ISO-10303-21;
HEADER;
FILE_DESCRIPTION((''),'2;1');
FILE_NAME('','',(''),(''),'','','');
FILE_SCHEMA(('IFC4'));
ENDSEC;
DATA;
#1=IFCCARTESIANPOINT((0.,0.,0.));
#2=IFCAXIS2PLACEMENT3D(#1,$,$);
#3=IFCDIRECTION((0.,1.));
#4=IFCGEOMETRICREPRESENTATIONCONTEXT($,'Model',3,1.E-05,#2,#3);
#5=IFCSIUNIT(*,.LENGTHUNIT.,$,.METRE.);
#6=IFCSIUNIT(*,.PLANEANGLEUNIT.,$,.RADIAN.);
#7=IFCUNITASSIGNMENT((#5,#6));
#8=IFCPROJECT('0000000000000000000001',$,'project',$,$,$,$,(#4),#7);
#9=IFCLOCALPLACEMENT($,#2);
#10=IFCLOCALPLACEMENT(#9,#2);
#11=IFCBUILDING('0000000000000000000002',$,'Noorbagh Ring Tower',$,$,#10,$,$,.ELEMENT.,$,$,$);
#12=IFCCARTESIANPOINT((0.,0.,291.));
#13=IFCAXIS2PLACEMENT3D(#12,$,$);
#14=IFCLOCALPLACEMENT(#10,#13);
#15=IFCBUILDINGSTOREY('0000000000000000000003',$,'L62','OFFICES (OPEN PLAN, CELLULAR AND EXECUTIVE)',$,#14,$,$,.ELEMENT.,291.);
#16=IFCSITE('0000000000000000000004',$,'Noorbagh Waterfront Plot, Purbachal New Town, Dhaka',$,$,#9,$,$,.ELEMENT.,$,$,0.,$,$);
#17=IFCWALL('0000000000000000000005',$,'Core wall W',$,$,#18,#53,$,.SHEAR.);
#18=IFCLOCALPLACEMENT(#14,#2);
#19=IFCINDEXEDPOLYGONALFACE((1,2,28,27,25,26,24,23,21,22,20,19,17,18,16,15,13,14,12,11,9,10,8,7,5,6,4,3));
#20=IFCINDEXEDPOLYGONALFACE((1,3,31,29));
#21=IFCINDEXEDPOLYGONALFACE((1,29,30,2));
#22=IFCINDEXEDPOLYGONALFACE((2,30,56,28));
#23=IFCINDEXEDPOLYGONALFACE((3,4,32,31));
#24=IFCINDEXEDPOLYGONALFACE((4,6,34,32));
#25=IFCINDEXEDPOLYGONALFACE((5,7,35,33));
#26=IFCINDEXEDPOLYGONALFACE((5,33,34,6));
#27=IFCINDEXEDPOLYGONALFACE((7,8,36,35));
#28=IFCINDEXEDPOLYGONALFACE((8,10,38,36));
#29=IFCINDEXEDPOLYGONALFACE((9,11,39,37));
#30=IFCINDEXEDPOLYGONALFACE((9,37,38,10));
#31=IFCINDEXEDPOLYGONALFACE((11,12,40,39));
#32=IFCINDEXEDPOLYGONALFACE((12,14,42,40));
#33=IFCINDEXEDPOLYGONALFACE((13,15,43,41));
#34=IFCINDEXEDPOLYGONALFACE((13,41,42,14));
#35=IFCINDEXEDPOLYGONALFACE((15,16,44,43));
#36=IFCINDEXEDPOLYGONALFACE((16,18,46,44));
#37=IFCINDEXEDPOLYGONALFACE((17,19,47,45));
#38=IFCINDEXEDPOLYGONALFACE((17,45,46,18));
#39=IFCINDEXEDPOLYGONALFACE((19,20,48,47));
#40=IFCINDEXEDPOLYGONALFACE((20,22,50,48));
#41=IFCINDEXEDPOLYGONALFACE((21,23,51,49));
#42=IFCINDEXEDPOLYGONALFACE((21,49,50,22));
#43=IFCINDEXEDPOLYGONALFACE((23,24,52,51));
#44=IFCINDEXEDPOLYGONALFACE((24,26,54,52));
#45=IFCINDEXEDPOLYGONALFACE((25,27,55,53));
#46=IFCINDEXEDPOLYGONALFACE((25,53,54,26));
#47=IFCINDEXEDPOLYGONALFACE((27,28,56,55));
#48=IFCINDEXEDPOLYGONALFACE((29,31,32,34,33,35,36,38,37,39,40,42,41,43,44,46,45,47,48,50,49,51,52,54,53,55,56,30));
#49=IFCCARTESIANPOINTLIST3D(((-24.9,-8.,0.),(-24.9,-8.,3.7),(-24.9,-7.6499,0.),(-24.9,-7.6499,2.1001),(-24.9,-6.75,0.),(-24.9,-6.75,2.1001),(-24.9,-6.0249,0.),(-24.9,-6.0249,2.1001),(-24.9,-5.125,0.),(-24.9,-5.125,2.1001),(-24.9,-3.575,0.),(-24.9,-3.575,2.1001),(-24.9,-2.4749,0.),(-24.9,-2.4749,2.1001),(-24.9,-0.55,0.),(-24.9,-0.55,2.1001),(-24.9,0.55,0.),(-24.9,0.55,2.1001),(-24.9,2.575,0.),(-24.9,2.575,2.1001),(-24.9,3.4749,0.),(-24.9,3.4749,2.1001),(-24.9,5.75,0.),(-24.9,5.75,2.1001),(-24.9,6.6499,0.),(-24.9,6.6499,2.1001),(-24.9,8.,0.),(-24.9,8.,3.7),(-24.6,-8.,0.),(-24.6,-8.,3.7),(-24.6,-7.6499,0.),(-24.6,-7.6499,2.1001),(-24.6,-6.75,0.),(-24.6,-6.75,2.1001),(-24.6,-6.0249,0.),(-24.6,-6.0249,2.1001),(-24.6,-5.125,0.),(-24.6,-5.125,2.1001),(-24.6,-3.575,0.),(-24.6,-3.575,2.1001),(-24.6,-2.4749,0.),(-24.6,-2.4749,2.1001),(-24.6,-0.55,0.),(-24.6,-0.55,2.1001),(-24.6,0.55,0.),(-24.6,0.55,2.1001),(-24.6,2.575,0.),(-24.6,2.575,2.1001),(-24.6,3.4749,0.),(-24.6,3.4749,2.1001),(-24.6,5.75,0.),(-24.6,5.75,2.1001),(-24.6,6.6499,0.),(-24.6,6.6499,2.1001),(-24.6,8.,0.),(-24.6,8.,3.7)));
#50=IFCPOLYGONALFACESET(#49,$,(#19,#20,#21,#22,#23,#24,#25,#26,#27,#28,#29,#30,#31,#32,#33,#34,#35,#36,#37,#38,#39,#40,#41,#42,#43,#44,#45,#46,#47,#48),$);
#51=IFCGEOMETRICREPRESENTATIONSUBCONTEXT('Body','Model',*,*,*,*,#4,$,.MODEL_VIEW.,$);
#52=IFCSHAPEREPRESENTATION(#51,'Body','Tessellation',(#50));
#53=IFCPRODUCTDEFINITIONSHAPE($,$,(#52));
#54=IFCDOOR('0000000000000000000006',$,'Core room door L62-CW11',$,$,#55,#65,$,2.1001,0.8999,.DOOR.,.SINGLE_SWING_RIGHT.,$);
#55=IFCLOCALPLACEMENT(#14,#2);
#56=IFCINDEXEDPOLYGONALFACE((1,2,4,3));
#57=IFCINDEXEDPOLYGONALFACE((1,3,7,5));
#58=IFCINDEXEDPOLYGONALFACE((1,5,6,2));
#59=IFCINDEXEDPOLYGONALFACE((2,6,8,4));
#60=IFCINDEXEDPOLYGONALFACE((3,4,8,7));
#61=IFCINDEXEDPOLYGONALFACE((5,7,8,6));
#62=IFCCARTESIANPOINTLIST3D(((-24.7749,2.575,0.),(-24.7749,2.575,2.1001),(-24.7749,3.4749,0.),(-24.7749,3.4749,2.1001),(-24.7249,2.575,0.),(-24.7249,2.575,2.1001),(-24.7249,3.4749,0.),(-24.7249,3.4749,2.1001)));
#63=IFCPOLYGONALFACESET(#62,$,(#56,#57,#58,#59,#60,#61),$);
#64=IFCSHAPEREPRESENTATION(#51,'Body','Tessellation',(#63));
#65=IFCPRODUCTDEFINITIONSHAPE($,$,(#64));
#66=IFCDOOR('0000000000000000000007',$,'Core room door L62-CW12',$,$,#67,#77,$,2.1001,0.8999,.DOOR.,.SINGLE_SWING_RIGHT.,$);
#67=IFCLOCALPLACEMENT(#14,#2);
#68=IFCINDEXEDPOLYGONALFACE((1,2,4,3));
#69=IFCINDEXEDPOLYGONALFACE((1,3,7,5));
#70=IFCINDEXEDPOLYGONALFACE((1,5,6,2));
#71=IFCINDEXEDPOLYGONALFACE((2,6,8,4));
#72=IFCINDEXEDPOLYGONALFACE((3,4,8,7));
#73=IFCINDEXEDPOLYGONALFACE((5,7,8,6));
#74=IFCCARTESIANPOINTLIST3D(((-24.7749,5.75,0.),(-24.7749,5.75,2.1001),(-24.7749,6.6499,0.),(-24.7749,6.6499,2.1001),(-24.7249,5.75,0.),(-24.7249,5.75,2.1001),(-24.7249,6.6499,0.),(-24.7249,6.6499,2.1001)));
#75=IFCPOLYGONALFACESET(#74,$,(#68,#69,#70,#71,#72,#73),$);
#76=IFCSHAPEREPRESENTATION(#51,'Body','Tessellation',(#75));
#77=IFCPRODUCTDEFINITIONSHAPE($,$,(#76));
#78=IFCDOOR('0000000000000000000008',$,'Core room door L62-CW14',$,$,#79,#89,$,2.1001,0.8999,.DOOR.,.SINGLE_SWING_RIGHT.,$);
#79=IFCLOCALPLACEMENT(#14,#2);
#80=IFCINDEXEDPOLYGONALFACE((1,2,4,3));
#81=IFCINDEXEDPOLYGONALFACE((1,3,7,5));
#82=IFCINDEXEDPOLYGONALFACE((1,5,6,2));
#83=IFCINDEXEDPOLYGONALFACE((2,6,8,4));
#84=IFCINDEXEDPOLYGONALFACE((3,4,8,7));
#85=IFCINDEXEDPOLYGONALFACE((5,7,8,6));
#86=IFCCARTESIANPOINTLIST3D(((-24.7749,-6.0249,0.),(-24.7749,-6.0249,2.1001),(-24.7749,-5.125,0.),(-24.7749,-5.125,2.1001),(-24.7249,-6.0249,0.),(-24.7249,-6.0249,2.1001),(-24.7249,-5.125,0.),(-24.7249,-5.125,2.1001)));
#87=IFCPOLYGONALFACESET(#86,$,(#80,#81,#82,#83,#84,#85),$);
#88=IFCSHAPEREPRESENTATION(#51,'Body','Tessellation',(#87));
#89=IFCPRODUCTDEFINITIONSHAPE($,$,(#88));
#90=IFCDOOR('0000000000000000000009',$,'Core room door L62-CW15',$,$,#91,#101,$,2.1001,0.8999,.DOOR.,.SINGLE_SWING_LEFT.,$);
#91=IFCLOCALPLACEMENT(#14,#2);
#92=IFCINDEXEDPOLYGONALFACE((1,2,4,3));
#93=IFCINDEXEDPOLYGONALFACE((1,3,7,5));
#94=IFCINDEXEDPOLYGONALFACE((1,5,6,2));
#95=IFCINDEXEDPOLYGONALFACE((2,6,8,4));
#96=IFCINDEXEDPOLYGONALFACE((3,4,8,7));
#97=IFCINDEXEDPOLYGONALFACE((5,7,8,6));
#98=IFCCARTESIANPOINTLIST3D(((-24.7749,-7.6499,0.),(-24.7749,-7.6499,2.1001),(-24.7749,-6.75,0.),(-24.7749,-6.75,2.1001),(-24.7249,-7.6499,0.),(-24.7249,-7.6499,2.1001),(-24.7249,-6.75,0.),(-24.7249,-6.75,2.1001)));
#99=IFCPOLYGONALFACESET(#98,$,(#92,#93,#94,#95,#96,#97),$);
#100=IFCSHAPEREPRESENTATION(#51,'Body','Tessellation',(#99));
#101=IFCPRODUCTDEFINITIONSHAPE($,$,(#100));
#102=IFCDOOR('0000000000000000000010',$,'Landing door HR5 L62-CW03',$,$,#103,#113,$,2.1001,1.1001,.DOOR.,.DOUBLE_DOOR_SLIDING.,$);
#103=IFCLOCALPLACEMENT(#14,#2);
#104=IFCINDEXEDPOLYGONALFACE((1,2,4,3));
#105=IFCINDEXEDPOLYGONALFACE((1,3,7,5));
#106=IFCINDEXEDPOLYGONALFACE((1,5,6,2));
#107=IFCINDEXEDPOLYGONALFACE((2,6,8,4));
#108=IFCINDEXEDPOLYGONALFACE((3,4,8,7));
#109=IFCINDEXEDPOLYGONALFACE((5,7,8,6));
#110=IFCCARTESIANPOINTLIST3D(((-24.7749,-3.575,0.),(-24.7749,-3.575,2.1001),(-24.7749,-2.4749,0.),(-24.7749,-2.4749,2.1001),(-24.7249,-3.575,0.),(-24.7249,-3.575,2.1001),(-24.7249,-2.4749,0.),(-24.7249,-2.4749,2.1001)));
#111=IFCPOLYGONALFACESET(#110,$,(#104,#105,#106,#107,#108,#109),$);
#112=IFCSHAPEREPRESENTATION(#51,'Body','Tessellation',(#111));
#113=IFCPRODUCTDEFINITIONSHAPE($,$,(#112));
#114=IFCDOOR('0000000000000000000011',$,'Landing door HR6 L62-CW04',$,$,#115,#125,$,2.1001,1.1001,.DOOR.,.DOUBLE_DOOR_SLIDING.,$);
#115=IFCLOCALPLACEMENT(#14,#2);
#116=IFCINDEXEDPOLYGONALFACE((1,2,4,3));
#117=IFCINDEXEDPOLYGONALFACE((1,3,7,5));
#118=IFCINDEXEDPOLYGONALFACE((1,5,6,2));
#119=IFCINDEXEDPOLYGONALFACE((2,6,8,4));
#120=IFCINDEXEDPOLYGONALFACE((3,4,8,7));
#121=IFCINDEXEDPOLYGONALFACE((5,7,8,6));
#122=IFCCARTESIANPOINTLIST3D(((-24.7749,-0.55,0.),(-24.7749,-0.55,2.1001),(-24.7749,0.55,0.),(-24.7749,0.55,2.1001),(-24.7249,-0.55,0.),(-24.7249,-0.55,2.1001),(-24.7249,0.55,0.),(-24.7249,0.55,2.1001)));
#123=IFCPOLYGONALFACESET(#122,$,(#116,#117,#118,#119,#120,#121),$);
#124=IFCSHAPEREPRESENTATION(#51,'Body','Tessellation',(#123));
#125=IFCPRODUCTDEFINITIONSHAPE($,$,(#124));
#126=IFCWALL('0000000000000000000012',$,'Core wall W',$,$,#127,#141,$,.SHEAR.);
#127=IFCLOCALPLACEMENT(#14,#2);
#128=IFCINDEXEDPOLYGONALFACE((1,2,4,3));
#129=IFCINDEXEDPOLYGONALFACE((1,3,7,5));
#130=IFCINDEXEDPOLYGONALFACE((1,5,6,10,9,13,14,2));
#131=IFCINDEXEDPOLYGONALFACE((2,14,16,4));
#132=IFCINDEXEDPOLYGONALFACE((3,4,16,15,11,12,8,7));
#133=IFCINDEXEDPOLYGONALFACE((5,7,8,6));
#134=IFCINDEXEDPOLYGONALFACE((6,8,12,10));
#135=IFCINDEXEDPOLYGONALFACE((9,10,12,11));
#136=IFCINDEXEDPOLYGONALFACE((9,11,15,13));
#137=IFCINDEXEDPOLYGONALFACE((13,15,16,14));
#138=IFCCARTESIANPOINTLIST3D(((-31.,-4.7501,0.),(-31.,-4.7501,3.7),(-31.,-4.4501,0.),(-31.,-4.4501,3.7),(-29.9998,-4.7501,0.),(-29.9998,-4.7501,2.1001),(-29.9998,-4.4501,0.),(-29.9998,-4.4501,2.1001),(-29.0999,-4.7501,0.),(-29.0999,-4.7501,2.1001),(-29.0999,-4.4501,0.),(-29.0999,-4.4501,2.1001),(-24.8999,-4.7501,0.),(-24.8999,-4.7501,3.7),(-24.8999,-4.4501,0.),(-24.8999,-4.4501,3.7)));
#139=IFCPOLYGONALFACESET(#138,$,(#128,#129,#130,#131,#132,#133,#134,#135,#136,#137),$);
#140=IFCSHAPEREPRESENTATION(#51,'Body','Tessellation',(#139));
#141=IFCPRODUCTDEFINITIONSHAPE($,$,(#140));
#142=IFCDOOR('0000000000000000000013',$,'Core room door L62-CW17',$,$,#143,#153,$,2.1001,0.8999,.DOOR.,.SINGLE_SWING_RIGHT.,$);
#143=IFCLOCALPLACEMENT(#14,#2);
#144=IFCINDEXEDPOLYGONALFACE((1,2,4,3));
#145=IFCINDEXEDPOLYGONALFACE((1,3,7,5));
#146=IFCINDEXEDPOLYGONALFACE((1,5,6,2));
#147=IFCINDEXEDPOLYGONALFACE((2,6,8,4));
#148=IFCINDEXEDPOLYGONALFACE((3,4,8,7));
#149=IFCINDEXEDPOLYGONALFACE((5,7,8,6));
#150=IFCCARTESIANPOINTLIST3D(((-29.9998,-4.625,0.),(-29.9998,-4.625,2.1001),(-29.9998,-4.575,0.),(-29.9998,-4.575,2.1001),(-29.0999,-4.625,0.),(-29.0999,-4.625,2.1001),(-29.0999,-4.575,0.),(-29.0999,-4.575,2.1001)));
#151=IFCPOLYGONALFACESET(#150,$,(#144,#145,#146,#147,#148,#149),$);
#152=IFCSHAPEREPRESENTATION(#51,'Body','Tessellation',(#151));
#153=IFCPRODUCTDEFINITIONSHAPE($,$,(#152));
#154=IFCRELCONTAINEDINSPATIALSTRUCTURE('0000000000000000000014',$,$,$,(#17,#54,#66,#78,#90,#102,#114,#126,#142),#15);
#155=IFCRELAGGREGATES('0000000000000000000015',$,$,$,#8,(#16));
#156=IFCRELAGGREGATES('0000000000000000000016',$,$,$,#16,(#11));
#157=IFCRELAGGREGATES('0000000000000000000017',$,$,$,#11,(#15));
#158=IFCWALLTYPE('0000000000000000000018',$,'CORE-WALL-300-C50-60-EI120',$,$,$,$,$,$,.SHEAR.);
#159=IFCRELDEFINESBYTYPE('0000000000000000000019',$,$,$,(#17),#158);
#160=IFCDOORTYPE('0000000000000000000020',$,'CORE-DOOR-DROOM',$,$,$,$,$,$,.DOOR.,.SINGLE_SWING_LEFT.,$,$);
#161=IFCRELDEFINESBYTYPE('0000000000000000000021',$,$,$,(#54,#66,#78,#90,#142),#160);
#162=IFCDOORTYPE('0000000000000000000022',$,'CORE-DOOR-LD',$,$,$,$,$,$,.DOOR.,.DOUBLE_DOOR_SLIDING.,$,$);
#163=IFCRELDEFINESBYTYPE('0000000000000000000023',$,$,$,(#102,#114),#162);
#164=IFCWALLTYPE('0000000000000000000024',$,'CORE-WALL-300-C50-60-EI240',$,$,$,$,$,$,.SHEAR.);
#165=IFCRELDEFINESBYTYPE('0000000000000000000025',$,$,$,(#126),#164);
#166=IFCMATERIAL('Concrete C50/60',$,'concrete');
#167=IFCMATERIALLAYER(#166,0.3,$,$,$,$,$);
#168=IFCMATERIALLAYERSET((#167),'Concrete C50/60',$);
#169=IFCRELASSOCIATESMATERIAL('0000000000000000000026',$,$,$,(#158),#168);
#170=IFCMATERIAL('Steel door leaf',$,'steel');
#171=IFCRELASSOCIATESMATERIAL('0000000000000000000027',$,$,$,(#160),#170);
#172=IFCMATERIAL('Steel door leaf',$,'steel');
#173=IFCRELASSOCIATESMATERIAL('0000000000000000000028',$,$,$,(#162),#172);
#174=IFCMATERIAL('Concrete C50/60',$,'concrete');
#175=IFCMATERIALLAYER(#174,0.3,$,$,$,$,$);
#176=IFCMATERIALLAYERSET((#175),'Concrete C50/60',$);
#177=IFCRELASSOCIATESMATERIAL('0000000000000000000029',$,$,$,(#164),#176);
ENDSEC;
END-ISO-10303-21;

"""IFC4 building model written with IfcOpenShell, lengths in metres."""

from ifc_helpers import new_model, si_unit, direction, frame, frame_2d, origin, place, context, subcontext, project, spatial, rectangle, extrude, material, layer, layer_set, type_object, element, fill, save


model = new_model("IFC4")

# Units and contexts
model_context = context("Model", 3, precision=1e-05, world=origin(), true_north=direction((0.0, 1.0)))
body_context = subcontext(model_context, "Body", "Model", "MODEL_VIEW")
ifc_project = project(units=[si_unit("LENGTHUNIT", "METRE"), si_unit("PLANEANGLEUNIT", "RADIAN")], contexts=[model_context])

# Site, building, storey
site_placement = place(None, origin())
site = spatial("IfcSite", under=ifc_project, at=site_placement, Name="Noorbagh Waterfront Plot, Purbachal New Town, Dhaka", CompositionType="ELEMENT", RefElevation=0.0)
building_placement = place(site_placement, origin())
building = spatial("IfcBuilding", under=site, at=building_placement, Name="Noorbagh Ring Tower", CompositionType="ELEMENT")
storey_placement = place(building_placement, frame((0.0, 0.0, 291.0)))
storey = spatial("IfcBuildingStorey", under=building, at=storey_placement, Name="L62", Description="OFFICES (OPEN PLAN, CELLULAR AND EXECUTIVE)", CompositionType="ELEMENT", Elevation=291.0)

# Shared definitions
ifc_material_1 = material(Name="Concrete C50/60", Category="concrete")
ifc_layer_1 = layer(ifc_material_1, 0.3)
ifc_layer_set_1 = layer_set([ifc_layer_1], Name="Concrete C50/60")
wall_type_1 = type_object("IfcWallType", Name="CORE-WALL-300-C50-60-EI120", PredefinedType="SHEAR", material=ifc_layer_set_1)

# Wall, openings, doors
wall_1_placement = place(storey_placement, frame((-24.75, -8.0, 0.0), z_axis=(0.0, 0.0, 1.0), x_axis=(0.0, 1.0, 0.0)))
wall_1 = element("IfcWall", 1, at=wall_1_placement, inside=storey, type_object=wall_type_1, Name="Core wall W", PredefinedType="SHEAR", context=body_context, shape_type="SweptSolid", body=[
    extrude(rectangle(XDim=16.0, YDim=0.3, at=frame_2d((8.0, 0.0))), origin(), (0.0, 0.0, 1.0), 3.7),
])
opening_1_placement = place(wall_1_placement, frame((4.425, 0.0, 0.0)))
opening_1 = element("IfcOpeningElement", 2, at=opening_1_placement, cuts=wall_1, PredefinedType="OPENING", context=body_context, shape_type="SweptSolid", body=[
    extrude(rectangle(XDim=1.1001, YDim=2.1001, at=frame_2d((0.55, 1.05))), frame((0.0, 0.1602, 0.0), z_axis=(0.0, -1.0, 0.0), x_axis=(1.0, 0.0, 0.0)), (0.0, 0.0, 1.0), 0.3201),
])
opening_2_placement = place(wall_1_placement, frame((7.45, 0.0, 0.0)))
opening_2 = element("IfcOpeningElement", 3, at=opening_2_placement, cuts=wall_1, PredefinedType="OPENING", context=body_context, shape_type="SweptSolid", body=[
    extrude(rectangle(XDim=1.1001, YDim=2.1001, at=frame_2d((0.55, 1.05))), frame((0.0, 0.1602, 0.0), z_axis=(0.0, -1.0, 0.0), x_axis=(1.0, 0.0, 0.0)), (0.0, 0.0, 1.0), 0.3201),
])
opening_3_placement = place(wall_1_placement, frame((10.575, 0.0, 0.0)))
opening_3 = element("IfcOpeningElement", 4, at=opening_3_placement, cuts=wall_1, PredefinedType="OPENING", context=body_context, shape_type="SweptSolid", body=[
    extrude(rectangle(XDim=0.8999, YDim=2.1001, at=frame_2d((0.45, 1.05))), frame((0.0, 0.1602, 0.0), z_axis=(0.0, -1.0, 0.0), x_axis=(1.0, 0.0, 0.0)), (0.0, 0.0, 1.0), 0.3201),
])
opening_4_placement = place(wall_1_placement, frame((13.75, 0.0, 0.0)))
opening_4 = element("IfcOpeningElement", 5, at=opening_4_placement, cuts=wall_1, PredefinedType="OPENING", context=body_context, shape_type="SweptSolid", body=[
    extrude(rectangle(XDim=0.8999, YDim=2.1001, at=frame_2d((0.45, 1.05))), frame((0.0, 0.1602, 0.0), z_axis=(0.0, -1.0, 0.0), x_axis=(1.0, 0.0, 0.0)), (0.0, 0.0, 1.0), 0.3201),
])
opening_5_placement = place(wall_1_placement, frame((1.9751, 0.0, 0.0)))
opening_5 = element("IfcOpeningElement", 6, at=opening_5_placement, cuts=wall_1, PredefinedType="OPENING", context=body_context, shape_type="SweptSolid", body=[
    extrude(rectangle(XDim=0.8999, YDim=2.1001, at=frame_2d((0.45, 1.05))), frame((0.0, 0.1602, 0.0), z_axis=(0.0, -1.0, 0.0), x_axis=(1.0, 0.0, 0.0)), (0.0, 0.0, 1.0), 0.3201),
])
opening_6_placement = place(wall_1_placement, frame((0.3501, 0.0, 0.0)))
opening_6 = element("IfcOpeningElement", 7, at=opening_6_placement, cuts=wall_1, PredefinedType="OPENING", context=body_context, shape_type="SweptSolid", body=[
    extrude(rectangle(XDim=0.8999, YDim=2.1001, at=frame_2d((0.45, 1.05))), frame((0.0, 0.1602, 0.0), z_axis=(0.0, -1.0, 0.0), x_axis=(1.0, 0.0, 0.0)), (0.0, 0.0, 1.0), 0.3201),
])
ifc_material_2 = material(Name="Steel door leaf", Category="steel")
door_type_1 = type_object("IfcDoorType", Name="CORE-DOOR-DROOM", OperationType="SINGLE_SWING_LEFT", PredefinedType="DOOR", material=ifc_material_2)
door_1_placement = place(opening_3_placement, origin())
door_1 = element("IfcDoor", 8, at=door_1_placement, inside=storey, type_object=door_type_1, Name="Core room door L62-CW11", OperationType="SINGLE_SWING_RIGHT", OverallHeight=2.1001, OverallWidth=0.8999, PredefinedType="DOOR", context=body_context, shape_type="SweptSolid", body=[
    extrude(rectangle(XDim=0.8999, YDim=2.1001, at=frame_2d((0.45, 1.05))), frame((0.0, 0.0249, 0.0), z_axis=(0.0, -1.0, 0.0), x_axis=(1.0, 0.0, 0.0)), (0.0, 0.0, 1.0), 0.05),
])
fill(opening_3, door_1)
door_2_placement = place(opening_4_placement, origin())
door_2 = element("IfcDoor", 9, at=door_2_placement, inside=storey, type_object=door_type_1, Name="Core room door L62-CW12", OperationType="SINGLE_SWING_RIGHT", OverallHeight=2.1001, OverallWidth=0.8999, PredefinedType="DOOR", context=body_context, shape_type="SweptSolid", body=[
    extrude(rectangle(XDim=0.8999, YDim=2.1001, at=frame_2d((0.45, 1.05))), frame((0.0, 0.0249, 0.0), z_axis=(0.0, -1.0, 0.0), x_axis=(1.0, 0.0, 0.0)), (0.0, 0.0, 1.0), 0.05),
])
fill(opening_4, door_2)
door_3_placement = place(opening_5_placement, origin())
door_3 = element("IfcDoor", 10, at=door_3_placement, inside=storey, type_object=door_type_1, Name="Core room door L62-CW14", OperationType="SINGLE_SWING_RIGHT", OverallHeight=2.1001, OverallWidth=0.8999, PredefinedType="DOOR", context=body_context, shape_type="SweptSolid", body=[
    extrude(rectangle(XDim=0.8999, YDim=2.1001, at=frame_2d((0.45, 1.05))), frame((0.0, 0.0249, 0.0), z_axis=(0.0, -1.0, 0.0), x_axis=(1.0, 0.0, 0.0)), (0.0, 0.0, 1.0), 0.05),
])
fill(opening_5, door_3)
door_4_placement = place(opening_6_placement, origin())
door_4 = element("IfcDoor", 11, at=door_4_placement, inside=storey, type_object=door_type_1, Name="Core room door L62-CW15", OperationType="SINGLE_SWING_LEFT", OverallHeight=2.1001, OverallWidth=0.8999, PredefinedType="DOOR", context=body_context, shape_type="SweptSolid", body=[
    extrude(rectangle(XDim=0.8999, YDim=2.1001, at=frame_2d((0.45, 1.05))), frame((0.0, 0.0249, 0.0), z_axis=(0.0, -1.0, 0.0), x_axis=(1.0, 0.0, 0.0)), (0.0, 0.0, 1.0), 0.05),
])
fill(opening_6, door_4)
ifc_material_3 = material(Name="Steel door leaf", Category="steel")
door_type_2 = type_object("IfcDoorType", Name="CORE-DOOR-LD", OperationType="DOUBLE_DOOR_SLIDING", PredefinedType="DOOR", material=ifc_material_3)
door_5_placement = place(opening_1_placement, origin())
door_5 = element("IfcDoor", 12, at=door_5_placement, inside=storey, type_object=door_type_2, Name="Landing door HR5 L62-CW03", OperationType="DOUBLE_DOOR_SLIDING", OverallHeight=2.1001, OverallWidth=1.1001, PredefinedType="DOOR", context=body_context, shape_type="SweptSolid", body=[
    extrude(rectangle(XDim=1.1001, YDim=2.1001, at=frame_2d((0.55, 1.05))), frame((0.0, 0.0249, 0.0), z_axis=(0.0, -1.0, 0.0), x_axis=(1.0, 0.0, 0.0)), (0.0, 0.0, 1.0), 0.05),
])
fill(opening_1, door_5)
door_6_placement = place(opening_2_placement, origin())
door_6 = element("IfcDoor", 13, at=door_6_placement, inside=storey, type_object=door_type_2, Name="Landing door HR6 L62-CW04", OperationType="DOUBLE_DOOR_SLIDING", OverallHeight=2.1001, OverallWidth=1.1001, PredefinedType="DOOR", context=body_context, shape_type="SweptSolid", body=[
    extrude(rectangle(XDim=1.1001, YDim=2.1001, at=frame_2d((0.55, 1.05))), frame((0.0, 0.0249, 0.0), z_axis=(0.0, -1.0, 0.0), x_axis=(1.0, 0.0, 0.0)), (0.0, 0.0, 1.0), 0.05),
])
fill(opening_2, door_6)

# Wall, opening, door
ifc_material_4 = material(Name="Concrete C50/60", Category="concrete")
ifc_layer_2 = layer(ifc_material_4, 0.3)
ifc_layer_set_2 = layer_set([ifc_layer_2], Name="Concrete C50/60")
wall_type_2 = type_object("IfcWallType", Name="CORE-WALL-300-C50-60-EI240", PredefinedType="SHEAR", material=ifc_layer_set_2)
wall_2_placement = place(storey_placement, frame((-24.8999, -4.6001, 0.0), z_axis=(0.0, 0.0, 1.0), x_axis=(-1.0, 0.0, 0.0)))
wall_2 = element("IfcWall", 14, at=wall_2_placement, inside=storey, type_object=wall_type_2, Name="Core wall W", PredefinedType="SHEAR", context=body_context, shape_type="SweptSolid", body=[
    extrude(rectangle(XDim=6.1001, YDim=0.3, at=frame_2d((3.05, 0.0))), origin(), (0.0, 0.0, 1.0), 3.7),
])
opening_7_placement = place(wall_2_placement, frame((4.2, 0.0, 0.0)))
opening_7 = element("IfcOpeningElement", 15, at=opening_7_placement, cuts=wall_2, PredefinedType="OPENING", context=body_context, shape_type="SweptSolid", body=[
    extrude(rectangle(XDim=0.8999, YDim=2.1001, at=frame_2d((0.45, 1.05))), frame((0.0, 0.1602, 0.0), z_axis=(0.0, -1.0, 0.0), x_axis=(1.0, 0.0, 0.0)), (0.0, 0.0, 1.0), 0.3201),
])
door_7_placement = place(opening_7_placement, origin())
door_7 = element("IfcDoor", 16, at=door_7_placement, inside=storey, type_object=door_type_1, Name="Core room door L62-CW17", OperationType="SINGLE_SWING_RIGHT", OverallHeight=2.1001, OverallWidth=0.8999, PredefinedType="DOOR", context=body_context, shape_type="SweptSolid", body=[
    extrude(rectangle(XDim=0.8999, YDim=2.1001, at=frame_2d((0.45, 1.05))), frame((0.0, 0.0249, 0.0), z_axis=(0.0, -1.0, 0.0), x_axis=(1.0, 0.0, 0.0)), (0.0, 0.0, 1.0), 0.05),
])
fill(opening_7, door_7)

save(model, "model.ifc")
